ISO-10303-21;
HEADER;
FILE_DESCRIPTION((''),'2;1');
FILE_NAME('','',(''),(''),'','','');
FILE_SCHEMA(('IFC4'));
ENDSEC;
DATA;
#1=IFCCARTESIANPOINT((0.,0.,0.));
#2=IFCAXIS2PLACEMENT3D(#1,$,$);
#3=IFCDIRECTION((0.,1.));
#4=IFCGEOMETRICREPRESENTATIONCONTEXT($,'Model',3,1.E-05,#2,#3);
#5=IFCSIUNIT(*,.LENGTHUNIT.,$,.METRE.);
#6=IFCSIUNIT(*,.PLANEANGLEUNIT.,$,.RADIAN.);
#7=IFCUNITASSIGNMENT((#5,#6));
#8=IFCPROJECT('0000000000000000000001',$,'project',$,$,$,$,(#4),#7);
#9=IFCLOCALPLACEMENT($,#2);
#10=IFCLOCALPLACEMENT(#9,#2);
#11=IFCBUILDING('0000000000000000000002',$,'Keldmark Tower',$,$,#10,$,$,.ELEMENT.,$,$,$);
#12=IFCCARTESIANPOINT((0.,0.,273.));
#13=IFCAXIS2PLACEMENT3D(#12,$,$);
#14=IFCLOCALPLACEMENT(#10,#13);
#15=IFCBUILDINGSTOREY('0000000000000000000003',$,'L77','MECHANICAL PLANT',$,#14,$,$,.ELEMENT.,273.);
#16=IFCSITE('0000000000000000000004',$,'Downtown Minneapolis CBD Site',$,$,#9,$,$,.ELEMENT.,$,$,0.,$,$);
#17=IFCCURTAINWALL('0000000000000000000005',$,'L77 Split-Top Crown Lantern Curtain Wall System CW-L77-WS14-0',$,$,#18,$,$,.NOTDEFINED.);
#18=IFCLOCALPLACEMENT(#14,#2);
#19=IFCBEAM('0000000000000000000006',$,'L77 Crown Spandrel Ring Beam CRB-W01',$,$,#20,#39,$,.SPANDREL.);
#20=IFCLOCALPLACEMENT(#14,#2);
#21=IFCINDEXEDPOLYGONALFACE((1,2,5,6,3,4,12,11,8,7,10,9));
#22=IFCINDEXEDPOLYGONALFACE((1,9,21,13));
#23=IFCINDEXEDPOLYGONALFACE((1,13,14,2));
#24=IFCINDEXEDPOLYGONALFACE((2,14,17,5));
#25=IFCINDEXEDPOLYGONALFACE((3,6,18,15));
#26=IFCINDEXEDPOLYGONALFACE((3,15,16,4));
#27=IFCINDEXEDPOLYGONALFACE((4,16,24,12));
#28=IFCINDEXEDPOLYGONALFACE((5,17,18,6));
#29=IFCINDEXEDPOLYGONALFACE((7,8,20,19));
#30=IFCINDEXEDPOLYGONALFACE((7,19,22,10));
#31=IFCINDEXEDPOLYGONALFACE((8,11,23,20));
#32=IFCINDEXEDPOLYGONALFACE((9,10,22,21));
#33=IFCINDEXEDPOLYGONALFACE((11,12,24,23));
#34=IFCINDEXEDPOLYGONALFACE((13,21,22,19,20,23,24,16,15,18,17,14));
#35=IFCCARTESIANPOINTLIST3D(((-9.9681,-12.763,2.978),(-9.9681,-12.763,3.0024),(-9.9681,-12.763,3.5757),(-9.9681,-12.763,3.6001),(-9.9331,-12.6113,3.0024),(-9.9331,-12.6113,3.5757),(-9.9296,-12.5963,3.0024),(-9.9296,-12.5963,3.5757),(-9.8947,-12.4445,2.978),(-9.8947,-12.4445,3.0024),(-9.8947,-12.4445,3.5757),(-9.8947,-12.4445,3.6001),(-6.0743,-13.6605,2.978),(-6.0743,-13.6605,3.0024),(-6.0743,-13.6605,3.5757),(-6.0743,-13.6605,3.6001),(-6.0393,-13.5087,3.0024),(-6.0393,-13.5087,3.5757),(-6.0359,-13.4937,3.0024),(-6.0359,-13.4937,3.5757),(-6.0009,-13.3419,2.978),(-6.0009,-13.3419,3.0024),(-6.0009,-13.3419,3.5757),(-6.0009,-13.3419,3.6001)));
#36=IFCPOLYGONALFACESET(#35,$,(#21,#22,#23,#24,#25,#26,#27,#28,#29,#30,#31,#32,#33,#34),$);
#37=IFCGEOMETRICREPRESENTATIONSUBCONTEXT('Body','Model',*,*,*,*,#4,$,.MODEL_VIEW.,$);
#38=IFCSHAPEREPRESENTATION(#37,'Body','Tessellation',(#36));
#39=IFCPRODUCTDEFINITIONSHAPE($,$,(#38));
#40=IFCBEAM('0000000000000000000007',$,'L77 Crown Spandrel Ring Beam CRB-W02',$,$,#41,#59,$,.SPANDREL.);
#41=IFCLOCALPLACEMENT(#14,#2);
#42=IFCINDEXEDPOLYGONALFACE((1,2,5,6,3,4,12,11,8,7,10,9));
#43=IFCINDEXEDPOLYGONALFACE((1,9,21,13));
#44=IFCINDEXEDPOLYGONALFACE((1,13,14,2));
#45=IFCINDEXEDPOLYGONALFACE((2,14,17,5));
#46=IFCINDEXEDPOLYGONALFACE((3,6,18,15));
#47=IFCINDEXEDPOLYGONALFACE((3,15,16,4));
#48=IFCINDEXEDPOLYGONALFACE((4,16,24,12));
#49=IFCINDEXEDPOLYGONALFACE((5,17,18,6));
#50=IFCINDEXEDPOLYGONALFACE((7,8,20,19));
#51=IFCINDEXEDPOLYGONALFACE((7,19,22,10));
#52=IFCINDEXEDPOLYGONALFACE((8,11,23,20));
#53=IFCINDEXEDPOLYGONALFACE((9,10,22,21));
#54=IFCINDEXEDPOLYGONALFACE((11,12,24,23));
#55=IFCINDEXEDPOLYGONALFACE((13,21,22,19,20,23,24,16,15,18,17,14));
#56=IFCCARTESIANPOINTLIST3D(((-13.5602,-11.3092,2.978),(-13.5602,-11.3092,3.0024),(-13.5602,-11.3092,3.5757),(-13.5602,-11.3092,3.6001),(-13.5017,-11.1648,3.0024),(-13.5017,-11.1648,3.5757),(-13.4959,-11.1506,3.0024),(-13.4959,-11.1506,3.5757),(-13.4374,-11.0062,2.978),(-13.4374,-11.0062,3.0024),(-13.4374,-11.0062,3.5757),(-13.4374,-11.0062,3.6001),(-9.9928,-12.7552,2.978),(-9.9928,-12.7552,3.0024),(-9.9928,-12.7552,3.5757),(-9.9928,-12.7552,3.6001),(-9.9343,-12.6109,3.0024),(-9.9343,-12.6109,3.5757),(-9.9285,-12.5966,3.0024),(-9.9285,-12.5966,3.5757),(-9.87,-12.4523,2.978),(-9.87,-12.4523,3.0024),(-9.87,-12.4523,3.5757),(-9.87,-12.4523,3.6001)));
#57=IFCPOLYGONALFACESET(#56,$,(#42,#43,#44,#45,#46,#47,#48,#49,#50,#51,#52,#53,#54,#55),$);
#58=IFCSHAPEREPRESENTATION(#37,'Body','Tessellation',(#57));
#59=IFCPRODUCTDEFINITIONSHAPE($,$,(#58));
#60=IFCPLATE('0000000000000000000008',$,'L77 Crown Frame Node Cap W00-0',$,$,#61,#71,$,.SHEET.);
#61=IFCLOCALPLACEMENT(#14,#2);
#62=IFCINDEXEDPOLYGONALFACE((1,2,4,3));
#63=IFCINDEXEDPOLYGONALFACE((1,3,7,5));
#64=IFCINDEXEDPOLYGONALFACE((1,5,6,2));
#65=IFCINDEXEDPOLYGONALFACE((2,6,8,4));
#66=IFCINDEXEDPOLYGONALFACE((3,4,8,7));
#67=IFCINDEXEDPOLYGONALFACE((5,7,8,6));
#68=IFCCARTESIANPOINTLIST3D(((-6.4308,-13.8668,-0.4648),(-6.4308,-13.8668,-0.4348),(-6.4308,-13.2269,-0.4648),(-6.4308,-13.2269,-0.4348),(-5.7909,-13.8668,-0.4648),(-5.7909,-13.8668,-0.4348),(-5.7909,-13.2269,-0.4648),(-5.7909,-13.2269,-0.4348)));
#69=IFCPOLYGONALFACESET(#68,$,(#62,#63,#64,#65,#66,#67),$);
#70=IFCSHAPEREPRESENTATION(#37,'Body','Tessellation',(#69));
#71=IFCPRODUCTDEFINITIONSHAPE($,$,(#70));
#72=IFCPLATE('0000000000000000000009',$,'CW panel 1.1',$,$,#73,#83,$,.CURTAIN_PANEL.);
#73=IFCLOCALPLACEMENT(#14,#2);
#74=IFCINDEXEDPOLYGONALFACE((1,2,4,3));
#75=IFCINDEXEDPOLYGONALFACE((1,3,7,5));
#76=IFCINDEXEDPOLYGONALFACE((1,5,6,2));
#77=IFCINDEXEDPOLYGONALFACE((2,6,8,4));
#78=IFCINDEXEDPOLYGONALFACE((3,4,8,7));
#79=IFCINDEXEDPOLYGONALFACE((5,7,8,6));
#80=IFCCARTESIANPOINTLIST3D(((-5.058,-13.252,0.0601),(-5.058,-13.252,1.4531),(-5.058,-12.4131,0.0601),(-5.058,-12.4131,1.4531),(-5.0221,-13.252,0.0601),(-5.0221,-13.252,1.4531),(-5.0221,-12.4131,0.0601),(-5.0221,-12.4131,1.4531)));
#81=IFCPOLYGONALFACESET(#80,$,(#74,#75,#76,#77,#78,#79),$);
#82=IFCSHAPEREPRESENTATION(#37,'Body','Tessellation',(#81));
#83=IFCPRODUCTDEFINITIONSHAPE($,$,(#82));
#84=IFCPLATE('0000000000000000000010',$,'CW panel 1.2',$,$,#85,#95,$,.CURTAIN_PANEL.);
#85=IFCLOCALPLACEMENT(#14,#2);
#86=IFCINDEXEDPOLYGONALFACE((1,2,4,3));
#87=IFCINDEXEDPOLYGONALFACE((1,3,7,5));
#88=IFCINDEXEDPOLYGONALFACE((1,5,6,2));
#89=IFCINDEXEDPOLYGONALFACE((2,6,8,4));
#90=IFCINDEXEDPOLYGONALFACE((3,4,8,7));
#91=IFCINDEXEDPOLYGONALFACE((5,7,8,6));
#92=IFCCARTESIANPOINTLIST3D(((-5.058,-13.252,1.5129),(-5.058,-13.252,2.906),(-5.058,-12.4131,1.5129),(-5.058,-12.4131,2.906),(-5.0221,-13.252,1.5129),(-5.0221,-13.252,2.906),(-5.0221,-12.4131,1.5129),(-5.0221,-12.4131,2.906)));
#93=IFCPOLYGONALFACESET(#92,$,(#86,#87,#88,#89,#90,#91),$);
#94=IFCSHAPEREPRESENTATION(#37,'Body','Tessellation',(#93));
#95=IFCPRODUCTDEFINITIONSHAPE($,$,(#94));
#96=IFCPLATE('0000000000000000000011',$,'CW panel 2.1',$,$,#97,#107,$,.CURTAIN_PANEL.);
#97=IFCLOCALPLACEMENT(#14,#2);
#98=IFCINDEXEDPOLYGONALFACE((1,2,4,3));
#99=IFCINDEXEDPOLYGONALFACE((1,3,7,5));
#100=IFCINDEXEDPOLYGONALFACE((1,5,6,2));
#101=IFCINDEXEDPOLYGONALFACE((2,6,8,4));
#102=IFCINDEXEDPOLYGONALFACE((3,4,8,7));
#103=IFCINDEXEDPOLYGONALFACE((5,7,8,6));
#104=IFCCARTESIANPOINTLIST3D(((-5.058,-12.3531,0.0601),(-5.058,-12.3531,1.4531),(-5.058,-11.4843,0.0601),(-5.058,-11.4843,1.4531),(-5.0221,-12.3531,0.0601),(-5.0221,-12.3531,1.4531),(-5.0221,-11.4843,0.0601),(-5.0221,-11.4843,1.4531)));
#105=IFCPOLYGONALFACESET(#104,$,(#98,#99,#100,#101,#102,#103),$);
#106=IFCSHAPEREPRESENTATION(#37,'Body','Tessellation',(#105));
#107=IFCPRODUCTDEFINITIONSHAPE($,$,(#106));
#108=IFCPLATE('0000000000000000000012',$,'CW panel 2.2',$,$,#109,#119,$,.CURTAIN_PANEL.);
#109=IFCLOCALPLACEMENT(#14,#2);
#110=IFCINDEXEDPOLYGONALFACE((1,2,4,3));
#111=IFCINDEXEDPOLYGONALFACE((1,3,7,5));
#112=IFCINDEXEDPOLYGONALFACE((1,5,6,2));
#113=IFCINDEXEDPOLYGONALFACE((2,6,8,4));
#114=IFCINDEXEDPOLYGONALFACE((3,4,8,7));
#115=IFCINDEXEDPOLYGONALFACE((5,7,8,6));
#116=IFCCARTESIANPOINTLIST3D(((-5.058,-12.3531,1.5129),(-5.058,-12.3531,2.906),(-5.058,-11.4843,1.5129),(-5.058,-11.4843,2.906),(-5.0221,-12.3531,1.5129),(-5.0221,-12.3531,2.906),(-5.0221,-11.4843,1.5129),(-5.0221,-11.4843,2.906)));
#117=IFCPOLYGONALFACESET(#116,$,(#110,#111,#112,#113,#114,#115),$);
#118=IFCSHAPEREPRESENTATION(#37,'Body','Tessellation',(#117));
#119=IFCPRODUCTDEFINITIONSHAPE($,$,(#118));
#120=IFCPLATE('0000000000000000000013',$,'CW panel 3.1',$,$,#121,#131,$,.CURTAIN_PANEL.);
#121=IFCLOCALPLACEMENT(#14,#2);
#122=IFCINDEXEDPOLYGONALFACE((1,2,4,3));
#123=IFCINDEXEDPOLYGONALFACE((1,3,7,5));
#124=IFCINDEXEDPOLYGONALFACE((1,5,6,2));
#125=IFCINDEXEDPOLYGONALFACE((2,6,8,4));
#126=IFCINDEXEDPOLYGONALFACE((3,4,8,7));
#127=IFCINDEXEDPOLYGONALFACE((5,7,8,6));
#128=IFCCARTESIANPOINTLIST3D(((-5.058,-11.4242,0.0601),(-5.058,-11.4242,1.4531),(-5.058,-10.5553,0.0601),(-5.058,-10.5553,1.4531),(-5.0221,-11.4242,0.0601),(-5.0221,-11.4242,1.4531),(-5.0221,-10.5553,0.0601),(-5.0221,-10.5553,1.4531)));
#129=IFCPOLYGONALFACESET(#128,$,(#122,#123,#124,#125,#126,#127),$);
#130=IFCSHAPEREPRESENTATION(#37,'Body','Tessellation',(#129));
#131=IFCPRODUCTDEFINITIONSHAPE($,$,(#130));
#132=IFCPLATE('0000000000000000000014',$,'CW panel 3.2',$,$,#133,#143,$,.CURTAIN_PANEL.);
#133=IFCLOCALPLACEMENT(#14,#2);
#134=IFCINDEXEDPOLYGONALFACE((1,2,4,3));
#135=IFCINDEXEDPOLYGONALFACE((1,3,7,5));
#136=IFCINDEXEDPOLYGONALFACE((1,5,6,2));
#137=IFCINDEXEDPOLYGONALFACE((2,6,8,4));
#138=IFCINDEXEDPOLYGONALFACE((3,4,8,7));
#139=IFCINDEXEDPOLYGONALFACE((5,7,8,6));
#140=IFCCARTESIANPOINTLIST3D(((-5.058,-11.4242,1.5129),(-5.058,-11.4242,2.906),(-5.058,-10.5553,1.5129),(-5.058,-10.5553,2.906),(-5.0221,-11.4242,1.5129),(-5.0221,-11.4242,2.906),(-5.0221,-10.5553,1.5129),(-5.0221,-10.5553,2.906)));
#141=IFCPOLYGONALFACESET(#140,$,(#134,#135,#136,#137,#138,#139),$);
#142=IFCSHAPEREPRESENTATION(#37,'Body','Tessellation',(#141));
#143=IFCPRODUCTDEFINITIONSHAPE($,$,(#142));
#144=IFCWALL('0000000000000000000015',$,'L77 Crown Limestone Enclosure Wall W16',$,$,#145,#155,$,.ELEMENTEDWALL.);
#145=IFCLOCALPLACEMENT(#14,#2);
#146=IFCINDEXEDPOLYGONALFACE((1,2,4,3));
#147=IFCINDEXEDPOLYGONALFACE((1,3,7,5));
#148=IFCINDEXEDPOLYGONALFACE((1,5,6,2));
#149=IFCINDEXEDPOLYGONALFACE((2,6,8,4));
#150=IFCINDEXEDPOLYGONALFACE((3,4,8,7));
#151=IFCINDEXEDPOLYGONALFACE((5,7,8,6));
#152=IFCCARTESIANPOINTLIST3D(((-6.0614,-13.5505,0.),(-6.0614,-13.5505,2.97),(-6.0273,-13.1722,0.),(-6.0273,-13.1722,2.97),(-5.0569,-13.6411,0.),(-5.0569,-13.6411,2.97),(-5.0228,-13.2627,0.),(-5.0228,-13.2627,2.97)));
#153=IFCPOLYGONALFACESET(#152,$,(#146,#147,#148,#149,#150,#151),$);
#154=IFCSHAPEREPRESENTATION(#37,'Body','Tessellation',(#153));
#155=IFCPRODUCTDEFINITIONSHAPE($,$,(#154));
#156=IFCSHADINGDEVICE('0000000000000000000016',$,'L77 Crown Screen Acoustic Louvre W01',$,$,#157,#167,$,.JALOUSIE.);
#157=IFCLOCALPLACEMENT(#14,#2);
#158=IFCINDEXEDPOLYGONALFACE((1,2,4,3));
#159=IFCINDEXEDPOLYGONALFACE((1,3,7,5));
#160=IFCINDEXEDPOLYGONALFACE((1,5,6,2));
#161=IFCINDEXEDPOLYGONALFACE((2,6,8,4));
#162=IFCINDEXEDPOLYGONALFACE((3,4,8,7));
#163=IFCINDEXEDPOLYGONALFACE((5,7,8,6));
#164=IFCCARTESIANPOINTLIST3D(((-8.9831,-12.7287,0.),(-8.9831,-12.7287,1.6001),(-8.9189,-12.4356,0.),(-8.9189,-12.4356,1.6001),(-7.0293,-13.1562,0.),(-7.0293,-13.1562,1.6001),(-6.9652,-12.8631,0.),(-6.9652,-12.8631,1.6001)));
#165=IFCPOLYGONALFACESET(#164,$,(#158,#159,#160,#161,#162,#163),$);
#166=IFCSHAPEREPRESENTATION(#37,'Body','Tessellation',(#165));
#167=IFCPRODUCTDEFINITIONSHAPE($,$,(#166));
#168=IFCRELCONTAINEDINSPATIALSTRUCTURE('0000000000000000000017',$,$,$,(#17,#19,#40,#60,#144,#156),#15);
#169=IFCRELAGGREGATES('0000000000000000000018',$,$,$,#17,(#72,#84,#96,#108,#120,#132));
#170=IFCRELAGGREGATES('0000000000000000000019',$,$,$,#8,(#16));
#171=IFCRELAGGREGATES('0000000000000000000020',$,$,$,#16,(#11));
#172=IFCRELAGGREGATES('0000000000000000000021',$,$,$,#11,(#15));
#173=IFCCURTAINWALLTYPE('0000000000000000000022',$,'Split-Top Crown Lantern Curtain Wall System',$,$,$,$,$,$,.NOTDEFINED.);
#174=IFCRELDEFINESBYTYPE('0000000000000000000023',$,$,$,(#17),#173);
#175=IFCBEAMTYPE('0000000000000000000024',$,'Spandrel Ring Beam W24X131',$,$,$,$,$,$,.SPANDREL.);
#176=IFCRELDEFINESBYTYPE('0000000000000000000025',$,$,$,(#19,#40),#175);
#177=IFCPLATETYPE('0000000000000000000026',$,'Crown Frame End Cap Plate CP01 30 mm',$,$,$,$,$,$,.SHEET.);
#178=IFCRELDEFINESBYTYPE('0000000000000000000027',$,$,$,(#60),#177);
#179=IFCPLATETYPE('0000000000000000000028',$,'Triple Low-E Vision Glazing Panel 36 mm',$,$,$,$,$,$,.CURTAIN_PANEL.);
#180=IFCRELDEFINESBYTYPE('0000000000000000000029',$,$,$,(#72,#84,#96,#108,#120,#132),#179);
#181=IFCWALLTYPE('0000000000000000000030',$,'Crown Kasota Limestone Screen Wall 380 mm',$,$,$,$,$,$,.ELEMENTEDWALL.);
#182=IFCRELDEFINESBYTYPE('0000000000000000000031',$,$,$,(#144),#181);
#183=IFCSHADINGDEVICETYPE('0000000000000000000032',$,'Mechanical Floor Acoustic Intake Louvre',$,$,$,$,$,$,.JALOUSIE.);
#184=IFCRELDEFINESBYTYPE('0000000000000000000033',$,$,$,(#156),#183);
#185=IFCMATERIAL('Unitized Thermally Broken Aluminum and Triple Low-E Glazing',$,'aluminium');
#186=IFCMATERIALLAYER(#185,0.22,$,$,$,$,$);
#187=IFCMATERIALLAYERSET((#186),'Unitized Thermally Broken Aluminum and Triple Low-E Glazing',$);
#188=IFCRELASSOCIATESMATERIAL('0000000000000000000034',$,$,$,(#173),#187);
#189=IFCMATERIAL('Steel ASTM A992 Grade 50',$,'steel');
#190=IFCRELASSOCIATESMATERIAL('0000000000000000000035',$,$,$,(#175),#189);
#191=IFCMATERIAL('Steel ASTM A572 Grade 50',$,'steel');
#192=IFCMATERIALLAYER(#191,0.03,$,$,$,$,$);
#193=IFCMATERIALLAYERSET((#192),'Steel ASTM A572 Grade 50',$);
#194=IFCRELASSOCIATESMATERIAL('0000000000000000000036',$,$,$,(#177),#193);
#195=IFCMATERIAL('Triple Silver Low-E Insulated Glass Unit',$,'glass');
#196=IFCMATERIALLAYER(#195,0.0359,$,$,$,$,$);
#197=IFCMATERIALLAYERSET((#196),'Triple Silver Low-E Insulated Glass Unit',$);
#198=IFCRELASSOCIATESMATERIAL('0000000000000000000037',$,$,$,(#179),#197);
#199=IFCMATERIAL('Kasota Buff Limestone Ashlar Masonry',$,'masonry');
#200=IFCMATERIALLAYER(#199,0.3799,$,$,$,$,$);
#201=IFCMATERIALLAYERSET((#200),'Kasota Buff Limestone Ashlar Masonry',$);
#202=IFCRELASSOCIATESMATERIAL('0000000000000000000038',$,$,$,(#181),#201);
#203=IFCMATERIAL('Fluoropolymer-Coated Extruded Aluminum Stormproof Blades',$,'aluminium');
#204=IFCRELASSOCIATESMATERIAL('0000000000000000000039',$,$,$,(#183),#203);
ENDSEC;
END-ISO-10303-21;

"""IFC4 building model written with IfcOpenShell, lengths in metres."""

from ifc_helpers import new_model, si_unit, direction, frame, frame_2d, origin, origin_2d, place, context, subcontext, project, spatial, rectangle, i_section, extrude, material, layer, layer_set, material_profile, profile_set, type_object, element, aggregate, save


model = new_model("IFC4")

# Units and contexts
model_context = context("Model", 3, precision=1e-05, world=origin(), true_north=direction((0.0, 1.0)))
body_context = subcontext(model_context, "Body", "Model", "MODEL_VIEW")
ifc_project = project(units=[si_unit("LENGTHUNIT", "METRE"), si_unit("PLANEANGLEUNIT", "RADIAN")], contexts=[model_context])

# Site, building, storey
site_placement = place(None, origin())
site = spatial("IfcSite", under=ifc_project, at=site_placement, Name="Downtown Minneapolis CBD Site", CompositionType="ELEMENT", RefElevation=0.0)
building_placement = place(site_placement, origin())
building = spatial("IfcBuilding", under=site, at=building_placement, Name="Keldmark Tower", CompositionType="ELEMENT")
storey_placement = place(building_placement, frame((0.0, 0.0, 273.0)))
storey = spatial("IfcBuildingStorey", under=building, at=storey_placement, Name="L77", Description="MECHANICAL PLANT", CompositionType="ELEMENT", Elevation=273.0)

# Curtain wall
ifc_material_1 = material(Name="Unitized Thermally Broken Aluminum and Triple Low-E Glazing", Category="aluminium")
ifc_layer_1 = layer(ifc_material_1, 0.22)
ifc_layer_set_1 = layer_set([ifc_layer_1], Name="Unitized Thermally Broken Aluminum and Triple Low-E Glazing")
curtain_wall_type = type_object("IfcCurtainWallType", Name="Split-Top Crown Lantern Curtain Wall System", PredefinedType="NOTDEFINED", material=ifc_layer_set_1)
curtain_wall_placement = place(storey_placement, origin())
curtain_wall = element("IfcCurtainWall", 1, at=curtain_wall_placement, inside=storey, type_object=curtain_wall_type, Name="L77 Split-Top Crown Lantern Curtain Wall System CW-L77-WS14-0", PredefinedType="NOTDEFINED")

# Beams
ifc_material_2 = material(Name="Steel ASTM A992 Grade 50", Category="steel")
ifc_material_profile_1 = material_profile(ifc_material_2, i_section(OverallWidth=0.3269, OverallDepth=0.6221, WebThickness=0.0154, FlangeThickness=0.0244, at=origin_2d()), Name="W24X131")
ifc_profile_set_1 = profile_set([ifc_material_profile_1], Name="Steel ASTM A992 Grade 50")
beam_type_1 = type_object("IfcBeamType", Name="Spandrel Ring Beam W24X131", PredefinedType="SPANDREL", material=ifc_profile_set_1)
beam_1_placement = place(storey_placement, frame((-6.0376, -13.5012, 3.2891), z_axis=(-0.974452, 0.224596, 0.0), x_axis=(-0.224596, -0.974452, 0.0)))
element("IfcBeam", 2, at=beam_1_placement, inside=storey, type_object=beam_type_1, Name="L77 Crown Spandrel Ring Beam CRB-W01", PredefinedType="SPANDREL", context=body_context, shape_type="SweptSolid", body=[
    extrude(i_section(OverallWidth=0.3269, OverallDepth=0.6221, WebThickness=0.0154, FlangeThickness=0.0244, at=origin_2d()), origin(), (0.0, 0.0, 1.0), 3.9958),
])
beam_2_placement = place(storey_placement, frame((-9.9314, -12.6038, 3.2891), z_axis=(-0.926757, 0.375662, 0.0), x_axis=(-0.375662, -0.926757, 0.0)))
element("IfcBeam", 3, at=beam_2_placement, inside=storey, type_object=beam_type_1, Name="L77 Crown Spandrel Ring Beam CRB-W02", PredefinedType="SPANDREL", context=body_context, shape_type="SweptSolid", body=[
    extrude(i_section(OverallWidth=0.3269, OverallDepth=0.6221, WebThickness=0.0154, FlangeThickness=0.0244, at=origin_2d()), origin(), (0.0, 0.0, 1.0), 3.8494),
])

# Plates
ifc_material_3 = material(Name="Steel ASTM A572 Grade 50", Category="steel")
ifc_layer_2 = layer(ifc_material_3, 0.03)
ifc_layer_set_2 = layer_set([ifc_layer_2], Name="Steel ASTM A572 Grade 50")
plate_type_1 = type_object("IfcPlateType", Name="Crown Frame End Cap Plate CP01 30 mm", PredefinedType="SHEET", material=ifc_layer_set_2)
plate_1_placement = place(storey_placement, frame((-6.1108, -13.5469, -0.4648), z_axis=(0.0, 0.0, 1.0), x_axis=(1.0, 0.0, 0.0)))
element("IfcPlate", 4, at=plate_1_placement, inside=storey, type_object=plate_type_1, Name="L77 Crown Frame Node Cap W00-0", PredefinedType="SHEET", context=body_context, shape_type="SweptSolid", body=[
    extrude(rectangle(XDim=0.6399, YDim=0.6399, at=origin_2d()), origin(), (0.0, 0.0, 1.0), 0.03),
])
ifc_material_4 = material(Name="Triple Silver Low-E Insulated Glass Unit", Category="glass")
ifc_layer_3 = layer(ifc_material_4, 0.0359)
ifc_layer_set_3 = layer_set([ifc_layer_3], Name="Triple Silver Low-E Insulated Glass Unit")
plate_type_2 = type_object("IfcPlateType", Name="Triple Low-E Vision Glazing Panel 36 mm", PredefinedType="CURTAIN_PANEL", material=ifc_layer_set_3)
plate_2_placement = place(storey_placement, frame((-5.04, -12.8325, 0.0601), z_axis=(0.0, 0.0, 1.0), x_axis=(0.0, 1.0, 0.0)))
plate_2 = element("IfcPlate", 5, at=plate_2_placement, type_object=plate_type_2, Name="CW panel 1.1", PredefinedType="CURTAIN_PANEL", context=body_context, shape_type="SweptSolid", body=[
    extrude(rectangle(XDim=0.8389, YDim=0.0359, at=origin_2d()), origin(), (0.0, 0.0, 1.0), 1.3931),
])
plate_3_placement = place(storey_placement, frame((-5.04, -12.8325, 1.5129), z_axis=(0.0, 0.0, 1.0), x_axis=(0.0, 1.0, 0.0)))
plate_3 = element("IfcPlate", 6, at=plate_3_placement, type_object=plate_type_2, Name="CW panel 1.2", PredefinedType="CURTAIN_PANEL", context=body_context, shape_type="SweptSolid", body=[
    extrude(rectangle(XDim=0.8389, YDim=0.0359, at=origin_2d()), origin(), (0.0, 0.0, 1.0), 1.3931),
])
plate_4_placement = place(storey_placement, frame((-5.04, -11.9187, 0.0601), z_axis=(0.0, 0.0, 1.0), x_axis=(0.0, 1.0, 0.0)))
plate_4 = element("IfcPlate", 7, at=plate_4_placement, type_object=plate_type_2, Name="CW panel 2.1", PredefinedType="CURTAIN_PANEL", context=body_context, shape_type="SweptSolid", body=[
    extrude(rectangle(XDim=0.8689, YDim=0.0359, at=origin_2d()), origin(), (0.0, 0.0, 1.0), 1.3931),
])
plate_5_placement = place(storey_placement, frame((-5.04, -11.9187, 1.5129), z_axis=(0.0, 0.0, 1.0), x_axis=(0.0, 1.0, 0.0)))
plate_5 = element("IfcPlate", 8, at=plate_5_placement, type_object=plate_type_2, Name="CW panel 2.2", PredefinedType="CURTAIN_PANEL", context=body_context, shape_type="SweptSolid", body=[
    extrude(rectangle(XDim=0.8689, YDim=0.0359, at=origin_2d()), origin(), (0.0, 0.0, 1.0), 1.3931),
])
plate_6_placement = place(storey_placement, frame((-5.04, -10.9897, 0.0601), z_axis=(0.0, 0.0, 1.0), x_axis=(0.0, 1.0, 0.0)))
plate_6 = element("IfcPlate", 9, at=plate_6_placement, type_object=plate_type_2, Name="CW panel 3.1", PredefinedType="CURTAIN_PANEL", context=body_context, shape_type="SweptSolid", body=[
    extrude(rectangle(XDim=0.8689, YDim=0.0359, at=origin_2d()), origin(), (0.0, 0.0, 1.0), 1.3931),
])
plate_7_placement = place(storey_placement, frame((-5.04, -10.9897, 1.5129), z_axis=(0.0, 0.0, 1.0), x_axis=(0.0, 1.0, 0.0)))
plate_7 = element("IfcPlate", 10, at=plate_7_placement, type_object=plate_type_2, Name="CW panel 3.2", PredefinedType="CURTAIN_PANEL", context=body_context, shape_type="SweptSolid", body=[
    extrude(rectangle(XDim=0.8689, YDim=0.0359, at=origin_2d()), origin(), (0.0, 0.0, 1.0), 1.3931),
])
aggregate(curtain_wall, [plate_2, plate_3, plate_4, plate_5, plate_6, plate_7])

# Wall
ifc_material_5 = material(Name="Kasota Buff Limestone Ashlar Masonry", Category="masonry")
ifc_layer_4 = layer(ifc_material_5, 0.3799)
ifc_layer_set_4 = layer_set([ifc_layer_4], Name="Kasota Buff Limestone Ashlar Masonry")
wall_type = type_object("IfcWallType", Name="Crown Kasota Limestone Screen Wall 380 mm", PredefinedType="ELEMENTEDWALL", material=ifc_layer_set_4)
wall_placement = place(storey_placement, frame((-6.0444, -13.3613, 0.0), z_axis=(0.0, 0.0, 1.0), x_axis=(0.995958, -0.089815, 0.0)))
element("IfcWall", 11, at=wall_placement, inside=storey, type_object=wall_type, Name="L77 Crown Limestone Enclosure Wall W16", PredefinedType="ELEMENTEDWALL", context=body_context, shape_type="SweptSolid", body=[
    extrude(rectangle(XDim=1.0085, YDim=0.3799, at=frame_2d((0.5044, 0.0))), origin(), (0.0, 0.0, 1.0), 2.97),
])

# Shading device
ifc_material_6 = material(Name="Fluoropolymer-Coated Extruded Aluminum Stormproof Blades", Category="aluminium")
shading_device_type = type_object("IfcShadingDeviceType", Name="Mechanical Floor Acoustic Intake Louvre", PredefinedType="JALOUSIE", material=ifc_material_6)
shading_device_placement = place(storey_placement, frame((-7.9741, -12.7959, 0.0), z_axis=(0.0, 0.0, 1.0), x_axis=(0.976889, -0.213747, 0.0)))
element("IfcShadingDevice", 12, at=shading_device_placement, inside=storey, type_object=shading_device_type, Name="L77 Crown Screen Acoustic Louvre W01", PredefinedType="JALOUSIE", context=body_context, shape_type="SweptSolid", body=[
    extrude(rectangle(XDim=2.0, YDim=0.3, at=origin_2d()), origin(), (0.0, 0.0, 1.0), 1.6001),
])

save(model, "model.ifc")
